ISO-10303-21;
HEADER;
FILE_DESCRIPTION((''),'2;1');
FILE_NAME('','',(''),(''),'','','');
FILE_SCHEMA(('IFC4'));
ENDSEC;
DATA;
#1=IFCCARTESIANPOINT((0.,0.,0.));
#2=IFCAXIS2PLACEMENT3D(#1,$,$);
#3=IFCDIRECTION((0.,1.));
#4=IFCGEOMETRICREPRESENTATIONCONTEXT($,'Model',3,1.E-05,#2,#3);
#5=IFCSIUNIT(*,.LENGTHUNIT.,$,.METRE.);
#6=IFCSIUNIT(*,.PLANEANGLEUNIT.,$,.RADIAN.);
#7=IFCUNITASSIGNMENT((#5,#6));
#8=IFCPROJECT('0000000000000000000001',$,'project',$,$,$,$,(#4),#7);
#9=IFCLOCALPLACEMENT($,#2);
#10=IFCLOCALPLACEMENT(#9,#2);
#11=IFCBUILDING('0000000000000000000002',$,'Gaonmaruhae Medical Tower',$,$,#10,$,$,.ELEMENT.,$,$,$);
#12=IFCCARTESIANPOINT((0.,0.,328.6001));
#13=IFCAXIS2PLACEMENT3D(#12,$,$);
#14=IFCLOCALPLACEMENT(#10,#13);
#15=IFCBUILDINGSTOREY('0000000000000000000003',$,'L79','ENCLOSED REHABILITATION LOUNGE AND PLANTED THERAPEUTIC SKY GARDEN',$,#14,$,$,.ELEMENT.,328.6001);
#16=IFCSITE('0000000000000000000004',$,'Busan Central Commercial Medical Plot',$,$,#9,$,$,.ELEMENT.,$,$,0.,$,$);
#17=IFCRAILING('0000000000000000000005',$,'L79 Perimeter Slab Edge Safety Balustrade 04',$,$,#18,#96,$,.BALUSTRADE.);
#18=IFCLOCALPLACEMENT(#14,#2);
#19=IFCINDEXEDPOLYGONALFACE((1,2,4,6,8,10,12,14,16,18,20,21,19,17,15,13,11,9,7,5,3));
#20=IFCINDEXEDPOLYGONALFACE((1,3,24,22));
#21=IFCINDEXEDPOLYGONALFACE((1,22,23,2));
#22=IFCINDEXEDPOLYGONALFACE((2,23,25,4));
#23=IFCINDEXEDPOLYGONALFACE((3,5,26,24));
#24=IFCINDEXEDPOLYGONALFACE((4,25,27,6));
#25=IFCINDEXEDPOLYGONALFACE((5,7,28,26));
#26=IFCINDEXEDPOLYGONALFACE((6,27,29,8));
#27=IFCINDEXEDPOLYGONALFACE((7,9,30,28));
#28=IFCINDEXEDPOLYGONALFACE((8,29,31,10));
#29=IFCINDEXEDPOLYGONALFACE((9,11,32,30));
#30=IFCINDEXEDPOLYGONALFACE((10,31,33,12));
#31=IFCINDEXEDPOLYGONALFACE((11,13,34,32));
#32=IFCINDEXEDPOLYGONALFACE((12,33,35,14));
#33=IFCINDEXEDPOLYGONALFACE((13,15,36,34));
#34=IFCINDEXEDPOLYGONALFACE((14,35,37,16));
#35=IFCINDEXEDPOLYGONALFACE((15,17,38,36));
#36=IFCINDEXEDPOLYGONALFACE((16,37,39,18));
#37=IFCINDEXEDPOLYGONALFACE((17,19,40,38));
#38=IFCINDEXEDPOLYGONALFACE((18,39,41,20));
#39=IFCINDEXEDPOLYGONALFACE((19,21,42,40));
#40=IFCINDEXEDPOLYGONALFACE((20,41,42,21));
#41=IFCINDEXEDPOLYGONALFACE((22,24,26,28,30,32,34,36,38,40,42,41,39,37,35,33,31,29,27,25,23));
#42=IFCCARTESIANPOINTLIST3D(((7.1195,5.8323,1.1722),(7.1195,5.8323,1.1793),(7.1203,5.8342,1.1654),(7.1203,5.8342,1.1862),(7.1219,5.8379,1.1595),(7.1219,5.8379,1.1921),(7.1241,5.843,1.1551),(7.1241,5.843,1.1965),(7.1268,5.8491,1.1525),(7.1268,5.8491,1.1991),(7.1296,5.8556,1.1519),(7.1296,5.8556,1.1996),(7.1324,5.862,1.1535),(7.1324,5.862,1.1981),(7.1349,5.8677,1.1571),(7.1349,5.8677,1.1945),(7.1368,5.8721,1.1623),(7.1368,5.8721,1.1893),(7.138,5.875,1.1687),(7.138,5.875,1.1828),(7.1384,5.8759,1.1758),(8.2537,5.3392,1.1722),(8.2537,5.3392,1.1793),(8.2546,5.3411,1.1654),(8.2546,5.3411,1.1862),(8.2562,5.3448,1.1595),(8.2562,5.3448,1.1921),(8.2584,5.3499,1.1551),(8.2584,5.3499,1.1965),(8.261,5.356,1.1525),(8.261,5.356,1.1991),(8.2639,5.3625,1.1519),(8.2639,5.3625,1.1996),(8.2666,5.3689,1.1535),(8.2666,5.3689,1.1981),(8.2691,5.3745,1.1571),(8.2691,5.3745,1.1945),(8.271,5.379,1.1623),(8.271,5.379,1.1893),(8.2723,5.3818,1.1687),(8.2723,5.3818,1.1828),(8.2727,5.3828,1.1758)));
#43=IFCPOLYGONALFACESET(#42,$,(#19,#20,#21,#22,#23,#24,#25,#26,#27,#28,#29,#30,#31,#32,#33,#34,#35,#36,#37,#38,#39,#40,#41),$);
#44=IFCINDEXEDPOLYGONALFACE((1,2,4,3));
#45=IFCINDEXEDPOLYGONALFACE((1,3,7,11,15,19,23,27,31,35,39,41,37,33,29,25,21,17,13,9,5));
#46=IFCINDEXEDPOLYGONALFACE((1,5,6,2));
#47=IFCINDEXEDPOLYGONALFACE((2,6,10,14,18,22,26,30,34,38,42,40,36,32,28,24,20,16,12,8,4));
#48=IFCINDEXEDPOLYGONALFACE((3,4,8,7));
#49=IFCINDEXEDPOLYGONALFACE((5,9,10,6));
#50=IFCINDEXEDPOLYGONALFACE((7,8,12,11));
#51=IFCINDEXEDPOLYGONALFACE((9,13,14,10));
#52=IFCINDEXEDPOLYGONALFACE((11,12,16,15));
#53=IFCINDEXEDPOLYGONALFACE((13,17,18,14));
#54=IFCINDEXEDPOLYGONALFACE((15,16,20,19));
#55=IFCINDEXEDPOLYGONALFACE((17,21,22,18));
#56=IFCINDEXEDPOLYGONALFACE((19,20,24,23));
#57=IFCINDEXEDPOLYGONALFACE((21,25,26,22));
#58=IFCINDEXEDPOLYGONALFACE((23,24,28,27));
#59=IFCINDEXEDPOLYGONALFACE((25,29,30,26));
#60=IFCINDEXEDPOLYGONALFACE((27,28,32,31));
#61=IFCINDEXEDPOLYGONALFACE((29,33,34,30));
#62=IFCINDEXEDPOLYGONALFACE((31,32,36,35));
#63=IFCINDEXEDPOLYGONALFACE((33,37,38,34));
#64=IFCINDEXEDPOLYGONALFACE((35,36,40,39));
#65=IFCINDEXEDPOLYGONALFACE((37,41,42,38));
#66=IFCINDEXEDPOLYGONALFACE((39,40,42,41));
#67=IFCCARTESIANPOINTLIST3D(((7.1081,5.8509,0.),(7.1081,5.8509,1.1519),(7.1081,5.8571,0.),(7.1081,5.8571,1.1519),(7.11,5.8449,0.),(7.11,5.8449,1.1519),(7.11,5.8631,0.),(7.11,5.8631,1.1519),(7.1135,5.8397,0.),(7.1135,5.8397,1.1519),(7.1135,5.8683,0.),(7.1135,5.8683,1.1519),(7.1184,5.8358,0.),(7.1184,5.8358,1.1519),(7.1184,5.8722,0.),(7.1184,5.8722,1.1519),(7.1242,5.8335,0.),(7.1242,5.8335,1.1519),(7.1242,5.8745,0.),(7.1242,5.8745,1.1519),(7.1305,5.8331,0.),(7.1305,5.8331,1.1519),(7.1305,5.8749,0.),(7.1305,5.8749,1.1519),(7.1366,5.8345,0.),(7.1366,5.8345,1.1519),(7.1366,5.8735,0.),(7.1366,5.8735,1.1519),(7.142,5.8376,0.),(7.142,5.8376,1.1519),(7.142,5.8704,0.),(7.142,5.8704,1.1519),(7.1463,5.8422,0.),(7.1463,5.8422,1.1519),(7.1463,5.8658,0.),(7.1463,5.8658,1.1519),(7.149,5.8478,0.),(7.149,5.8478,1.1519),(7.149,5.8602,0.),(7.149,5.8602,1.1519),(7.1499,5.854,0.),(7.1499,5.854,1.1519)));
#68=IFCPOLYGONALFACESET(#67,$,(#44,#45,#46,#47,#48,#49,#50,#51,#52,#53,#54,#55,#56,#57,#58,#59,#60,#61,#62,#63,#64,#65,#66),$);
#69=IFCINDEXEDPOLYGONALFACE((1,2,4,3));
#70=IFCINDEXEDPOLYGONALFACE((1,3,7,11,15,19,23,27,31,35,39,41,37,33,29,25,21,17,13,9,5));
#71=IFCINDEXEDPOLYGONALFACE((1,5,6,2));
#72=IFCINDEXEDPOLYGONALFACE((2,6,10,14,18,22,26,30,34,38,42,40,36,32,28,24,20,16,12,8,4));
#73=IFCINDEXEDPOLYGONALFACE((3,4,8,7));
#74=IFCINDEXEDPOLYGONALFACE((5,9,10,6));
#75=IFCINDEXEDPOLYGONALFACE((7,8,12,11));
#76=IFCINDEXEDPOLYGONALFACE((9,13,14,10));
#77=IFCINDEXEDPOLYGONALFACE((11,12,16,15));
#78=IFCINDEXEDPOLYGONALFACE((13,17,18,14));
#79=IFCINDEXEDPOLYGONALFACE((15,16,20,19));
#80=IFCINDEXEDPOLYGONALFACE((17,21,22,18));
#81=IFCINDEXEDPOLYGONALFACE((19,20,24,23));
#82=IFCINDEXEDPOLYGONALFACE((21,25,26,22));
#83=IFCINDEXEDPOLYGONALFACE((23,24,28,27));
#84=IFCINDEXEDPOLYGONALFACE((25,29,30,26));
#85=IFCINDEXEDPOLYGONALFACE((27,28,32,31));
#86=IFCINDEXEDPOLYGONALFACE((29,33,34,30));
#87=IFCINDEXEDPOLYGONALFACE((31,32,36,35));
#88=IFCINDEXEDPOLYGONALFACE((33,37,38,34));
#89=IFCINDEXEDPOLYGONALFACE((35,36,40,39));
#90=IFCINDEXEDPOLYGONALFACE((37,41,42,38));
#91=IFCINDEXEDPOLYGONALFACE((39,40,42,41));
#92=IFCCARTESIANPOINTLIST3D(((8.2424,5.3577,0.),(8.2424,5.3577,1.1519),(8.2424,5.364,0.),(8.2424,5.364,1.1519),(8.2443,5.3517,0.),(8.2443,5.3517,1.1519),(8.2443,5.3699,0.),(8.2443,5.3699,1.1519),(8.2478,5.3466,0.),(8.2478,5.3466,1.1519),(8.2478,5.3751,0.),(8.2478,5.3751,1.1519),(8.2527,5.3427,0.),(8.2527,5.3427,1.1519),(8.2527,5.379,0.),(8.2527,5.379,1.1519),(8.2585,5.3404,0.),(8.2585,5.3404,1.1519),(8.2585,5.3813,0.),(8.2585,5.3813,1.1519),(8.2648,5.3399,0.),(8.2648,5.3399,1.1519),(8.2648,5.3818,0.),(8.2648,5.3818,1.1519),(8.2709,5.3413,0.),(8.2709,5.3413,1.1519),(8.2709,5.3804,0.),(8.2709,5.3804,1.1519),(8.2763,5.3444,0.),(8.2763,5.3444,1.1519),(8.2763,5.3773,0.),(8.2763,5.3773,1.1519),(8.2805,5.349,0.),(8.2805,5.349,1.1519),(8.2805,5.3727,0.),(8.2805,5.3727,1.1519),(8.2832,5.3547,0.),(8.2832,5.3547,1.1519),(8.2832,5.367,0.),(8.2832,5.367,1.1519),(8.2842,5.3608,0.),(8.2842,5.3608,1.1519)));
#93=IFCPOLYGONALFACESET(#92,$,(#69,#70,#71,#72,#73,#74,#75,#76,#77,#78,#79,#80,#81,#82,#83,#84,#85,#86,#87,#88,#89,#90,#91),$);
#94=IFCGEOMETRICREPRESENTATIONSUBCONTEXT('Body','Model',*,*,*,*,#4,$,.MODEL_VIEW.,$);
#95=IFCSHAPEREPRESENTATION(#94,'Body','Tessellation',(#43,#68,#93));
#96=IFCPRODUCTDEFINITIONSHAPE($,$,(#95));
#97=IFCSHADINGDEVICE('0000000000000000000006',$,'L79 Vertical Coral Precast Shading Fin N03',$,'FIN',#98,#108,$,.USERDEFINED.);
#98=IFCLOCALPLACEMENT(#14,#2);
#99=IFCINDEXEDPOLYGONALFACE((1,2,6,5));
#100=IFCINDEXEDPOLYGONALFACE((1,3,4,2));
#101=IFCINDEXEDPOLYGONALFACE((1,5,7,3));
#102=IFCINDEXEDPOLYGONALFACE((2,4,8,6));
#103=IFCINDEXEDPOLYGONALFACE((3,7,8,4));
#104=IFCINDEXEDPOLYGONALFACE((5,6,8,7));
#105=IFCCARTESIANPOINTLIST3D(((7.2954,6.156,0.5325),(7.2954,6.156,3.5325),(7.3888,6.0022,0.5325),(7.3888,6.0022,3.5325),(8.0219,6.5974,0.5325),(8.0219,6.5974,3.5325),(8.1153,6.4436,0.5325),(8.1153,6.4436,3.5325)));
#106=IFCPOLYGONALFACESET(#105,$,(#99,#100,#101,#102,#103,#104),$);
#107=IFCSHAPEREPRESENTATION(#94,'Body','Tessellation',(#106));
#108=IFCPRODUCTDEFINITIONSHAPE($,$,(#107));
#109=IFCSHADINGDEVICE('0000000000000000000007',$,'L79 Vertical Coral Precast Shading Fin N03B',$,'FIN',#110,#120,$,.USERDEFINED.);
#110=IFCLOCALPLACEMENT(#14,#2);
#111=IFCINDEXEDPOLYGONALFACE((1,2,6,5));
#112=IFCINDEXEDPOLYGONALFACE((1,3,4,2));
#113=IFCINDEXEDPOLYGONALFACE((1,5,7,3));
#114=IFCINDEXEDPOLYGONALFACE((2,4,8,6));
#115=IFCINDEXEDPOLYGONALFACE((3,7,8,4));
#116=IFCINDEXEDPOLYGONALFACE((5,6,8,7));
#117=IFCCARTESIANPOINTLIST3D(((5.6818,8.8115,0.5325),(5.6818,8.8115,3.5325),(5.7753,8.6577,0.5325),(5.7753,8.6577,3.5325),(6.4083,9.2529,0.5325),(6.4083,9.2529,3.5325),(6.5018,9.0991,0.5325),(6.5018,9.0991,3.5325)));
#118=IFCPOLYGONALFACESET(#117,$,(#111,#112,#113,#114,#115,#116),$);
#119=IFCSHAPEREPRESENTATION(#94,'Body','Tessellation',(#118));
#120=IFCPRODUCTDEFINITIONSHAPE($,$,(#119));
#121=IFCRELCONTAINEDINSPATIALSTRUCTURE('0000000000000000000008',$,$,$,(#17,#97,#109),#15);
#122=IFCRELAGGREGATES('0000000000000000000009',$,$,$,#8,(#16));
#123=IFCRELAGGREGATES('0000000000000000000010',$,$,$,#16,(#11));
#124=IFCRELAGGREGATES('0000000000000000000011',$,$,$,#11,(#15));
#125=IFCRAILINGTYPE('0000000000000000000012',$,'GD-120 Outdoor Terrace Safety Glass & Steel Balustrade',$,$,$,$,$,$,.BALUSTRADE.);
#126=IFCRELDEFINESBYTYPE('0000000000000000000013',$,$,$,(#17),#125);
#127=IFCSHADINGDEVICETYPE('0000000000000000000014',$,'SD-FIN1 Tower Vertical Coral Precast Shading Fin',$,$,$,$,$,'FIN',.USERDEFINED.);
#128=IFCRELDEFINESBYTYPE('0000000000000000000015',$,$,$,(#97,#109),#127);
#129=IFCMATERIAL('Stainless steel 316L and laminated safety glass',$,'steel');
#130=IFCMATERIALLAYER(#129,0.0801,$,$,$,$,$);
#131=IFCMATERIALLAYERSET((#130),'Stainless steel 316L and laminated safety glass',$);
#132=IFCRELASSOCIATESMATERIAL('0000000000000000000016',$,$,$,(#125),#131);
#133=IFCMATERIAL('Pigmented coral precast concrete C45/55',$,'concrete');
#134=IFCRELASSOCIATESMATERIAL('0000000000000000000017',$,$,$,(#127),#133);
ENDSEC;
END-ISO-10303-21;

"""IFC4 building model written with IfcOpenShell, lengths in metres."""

from ifc_helpers import new_model, si_unit, direction, frame, origin, origin_2d, place, context, subcontext, project, spatial, rectangle, circle, extrude, material, layer, layer_set, type_object, element, save


model = new_model("IFC4")

# Units and contexts
model_context = context("Model", 3, precision=1e-05, world=origin(), true_north=direction((0.0, 1.0)))
body_context = subcontext(model_context, "Body", "Model", "MODEL_VIEW")
ifc_project = project(units=[si_unit("LENGTHUNIT", "METRE"), si_unit("PLANEANGLEUNIT", "RADIAN")], contexts=[model_context])

# Site, building, storey
site_placement = place(None, origin())
site = spatial("IfcSite", under=ifc_project, at=site_placement, Name="Busan Central Commercial Medical Plot", CompositionType="ELEMENT", RefElevation=0.0)
building_placement = place(site_placement, origin())
building = spatial("IfcBuilding", under=site, at=building_placement, Name="Gaonmaruhae Medical Tower", CompositionType="ELEMENT")
storey_placement = place(building_placement, frame((0.0, 0.0, 328.6001)))
storey = spatial("IfcBuildingStorey", under=building, at=storey_placement, Name="L79", Description="ENCLOSED REHABILITATION LOUNGE AND PLANTED THERAPEUTIC SKY GARDEN", CompositionType="ELEMENT", Elevation=328.6001)

# Railing
ifc_material_1 = material(Name="Stainless steel 316L and laminated safety glass", Category="steel")
ifc_layer_1 = layer(ifc_material_1, 0.0801)
ifc_layer_set_1 = layer_set([ifc_layer_1], Name="Stainless steel 316L and laminated safety glass")
railing_type = type_object("IfcRailingType", Name="GD-120 Outdoor Terrace Safety Glass & Steel Balustrade", PredefinedType="BALUSTRADE", material=ifc_layer_set_1)
railing_1_placement = place(storey_placement, frame((7.1289, 5.854, 0.0)))
element("IfcRailing", 1, at=railing_1_placement, inside=storey, type_object=railing_type, Name="L79 Perimeter Slab Edge Safety Balustrade 04", PredefinedType="BALUSTRADE", context=body_context, shape_type="SweptSolid", body=[
    extrude(circle(Radius=0.0239, at=origin_2d()), frame((0.0, 0.0, 1.1758), z_axis=(0.91707, -0.398726, 0.0), x_axis=(0.398726, 0.91707, 0.0)), (0.0, 0.0, 1.0), 1.2368),
    extrude(circle(Radius=0.021, at=origin_2d()), origin(), (0.0, 0.0, 1.0), 1.1519),
    extrude(circle(Radius=0.021, at=origin_2d()), frame((1.1343, -0.4932, 0.0)), (0.0, 0.0, 1.0), 1.1519),
])

# Shading devices
ifc_material_2 = material(Name="Pigmented coral precast concrete C45/55", Category="concrete")
shading_device_type = type_object("IfcShadingDeviceType", Name="SD-FIN1 Tower Vertical Coral Precast Shading Fin", ElementType="FIN", PredefinedType="USERDEFINED", material=ifc_material_2)
for number, where, z_axis, x_axis, name in (
    (2, (7.7053, 6.2998, 0.5325), (0.0, 0.0, 1.0), (-0.519251, 0.854622, 0.0), "L79 Vertical Coral Precast Shading Fin N03"),
    (3, (6.0918, 8.9553, 0.5325), (0.0, 0.0, 1.0), (-0.519251, 0.854622, 0.0), "L79 Vertical Coral Precast Shading Fin N03B"),
):
    element("IfcShadingDevice", number, at=place(storey_placement, frame(where, z_axis=z_axis, x_axis=x_axis)), inside=storey, type_object=shading_device_type, Name=name, ObjectType="FIN", PredefinedType="USERDEFINED", context=body_context, shape_type="SweptSolid", body=[
        extrude(rectangle(XDim=0.1799, YDim=0.8501, at=origin_2d()), origin(), (0.0, 0.0, 1.0), 3.0),
    ])

save(model, "model.ifc")
